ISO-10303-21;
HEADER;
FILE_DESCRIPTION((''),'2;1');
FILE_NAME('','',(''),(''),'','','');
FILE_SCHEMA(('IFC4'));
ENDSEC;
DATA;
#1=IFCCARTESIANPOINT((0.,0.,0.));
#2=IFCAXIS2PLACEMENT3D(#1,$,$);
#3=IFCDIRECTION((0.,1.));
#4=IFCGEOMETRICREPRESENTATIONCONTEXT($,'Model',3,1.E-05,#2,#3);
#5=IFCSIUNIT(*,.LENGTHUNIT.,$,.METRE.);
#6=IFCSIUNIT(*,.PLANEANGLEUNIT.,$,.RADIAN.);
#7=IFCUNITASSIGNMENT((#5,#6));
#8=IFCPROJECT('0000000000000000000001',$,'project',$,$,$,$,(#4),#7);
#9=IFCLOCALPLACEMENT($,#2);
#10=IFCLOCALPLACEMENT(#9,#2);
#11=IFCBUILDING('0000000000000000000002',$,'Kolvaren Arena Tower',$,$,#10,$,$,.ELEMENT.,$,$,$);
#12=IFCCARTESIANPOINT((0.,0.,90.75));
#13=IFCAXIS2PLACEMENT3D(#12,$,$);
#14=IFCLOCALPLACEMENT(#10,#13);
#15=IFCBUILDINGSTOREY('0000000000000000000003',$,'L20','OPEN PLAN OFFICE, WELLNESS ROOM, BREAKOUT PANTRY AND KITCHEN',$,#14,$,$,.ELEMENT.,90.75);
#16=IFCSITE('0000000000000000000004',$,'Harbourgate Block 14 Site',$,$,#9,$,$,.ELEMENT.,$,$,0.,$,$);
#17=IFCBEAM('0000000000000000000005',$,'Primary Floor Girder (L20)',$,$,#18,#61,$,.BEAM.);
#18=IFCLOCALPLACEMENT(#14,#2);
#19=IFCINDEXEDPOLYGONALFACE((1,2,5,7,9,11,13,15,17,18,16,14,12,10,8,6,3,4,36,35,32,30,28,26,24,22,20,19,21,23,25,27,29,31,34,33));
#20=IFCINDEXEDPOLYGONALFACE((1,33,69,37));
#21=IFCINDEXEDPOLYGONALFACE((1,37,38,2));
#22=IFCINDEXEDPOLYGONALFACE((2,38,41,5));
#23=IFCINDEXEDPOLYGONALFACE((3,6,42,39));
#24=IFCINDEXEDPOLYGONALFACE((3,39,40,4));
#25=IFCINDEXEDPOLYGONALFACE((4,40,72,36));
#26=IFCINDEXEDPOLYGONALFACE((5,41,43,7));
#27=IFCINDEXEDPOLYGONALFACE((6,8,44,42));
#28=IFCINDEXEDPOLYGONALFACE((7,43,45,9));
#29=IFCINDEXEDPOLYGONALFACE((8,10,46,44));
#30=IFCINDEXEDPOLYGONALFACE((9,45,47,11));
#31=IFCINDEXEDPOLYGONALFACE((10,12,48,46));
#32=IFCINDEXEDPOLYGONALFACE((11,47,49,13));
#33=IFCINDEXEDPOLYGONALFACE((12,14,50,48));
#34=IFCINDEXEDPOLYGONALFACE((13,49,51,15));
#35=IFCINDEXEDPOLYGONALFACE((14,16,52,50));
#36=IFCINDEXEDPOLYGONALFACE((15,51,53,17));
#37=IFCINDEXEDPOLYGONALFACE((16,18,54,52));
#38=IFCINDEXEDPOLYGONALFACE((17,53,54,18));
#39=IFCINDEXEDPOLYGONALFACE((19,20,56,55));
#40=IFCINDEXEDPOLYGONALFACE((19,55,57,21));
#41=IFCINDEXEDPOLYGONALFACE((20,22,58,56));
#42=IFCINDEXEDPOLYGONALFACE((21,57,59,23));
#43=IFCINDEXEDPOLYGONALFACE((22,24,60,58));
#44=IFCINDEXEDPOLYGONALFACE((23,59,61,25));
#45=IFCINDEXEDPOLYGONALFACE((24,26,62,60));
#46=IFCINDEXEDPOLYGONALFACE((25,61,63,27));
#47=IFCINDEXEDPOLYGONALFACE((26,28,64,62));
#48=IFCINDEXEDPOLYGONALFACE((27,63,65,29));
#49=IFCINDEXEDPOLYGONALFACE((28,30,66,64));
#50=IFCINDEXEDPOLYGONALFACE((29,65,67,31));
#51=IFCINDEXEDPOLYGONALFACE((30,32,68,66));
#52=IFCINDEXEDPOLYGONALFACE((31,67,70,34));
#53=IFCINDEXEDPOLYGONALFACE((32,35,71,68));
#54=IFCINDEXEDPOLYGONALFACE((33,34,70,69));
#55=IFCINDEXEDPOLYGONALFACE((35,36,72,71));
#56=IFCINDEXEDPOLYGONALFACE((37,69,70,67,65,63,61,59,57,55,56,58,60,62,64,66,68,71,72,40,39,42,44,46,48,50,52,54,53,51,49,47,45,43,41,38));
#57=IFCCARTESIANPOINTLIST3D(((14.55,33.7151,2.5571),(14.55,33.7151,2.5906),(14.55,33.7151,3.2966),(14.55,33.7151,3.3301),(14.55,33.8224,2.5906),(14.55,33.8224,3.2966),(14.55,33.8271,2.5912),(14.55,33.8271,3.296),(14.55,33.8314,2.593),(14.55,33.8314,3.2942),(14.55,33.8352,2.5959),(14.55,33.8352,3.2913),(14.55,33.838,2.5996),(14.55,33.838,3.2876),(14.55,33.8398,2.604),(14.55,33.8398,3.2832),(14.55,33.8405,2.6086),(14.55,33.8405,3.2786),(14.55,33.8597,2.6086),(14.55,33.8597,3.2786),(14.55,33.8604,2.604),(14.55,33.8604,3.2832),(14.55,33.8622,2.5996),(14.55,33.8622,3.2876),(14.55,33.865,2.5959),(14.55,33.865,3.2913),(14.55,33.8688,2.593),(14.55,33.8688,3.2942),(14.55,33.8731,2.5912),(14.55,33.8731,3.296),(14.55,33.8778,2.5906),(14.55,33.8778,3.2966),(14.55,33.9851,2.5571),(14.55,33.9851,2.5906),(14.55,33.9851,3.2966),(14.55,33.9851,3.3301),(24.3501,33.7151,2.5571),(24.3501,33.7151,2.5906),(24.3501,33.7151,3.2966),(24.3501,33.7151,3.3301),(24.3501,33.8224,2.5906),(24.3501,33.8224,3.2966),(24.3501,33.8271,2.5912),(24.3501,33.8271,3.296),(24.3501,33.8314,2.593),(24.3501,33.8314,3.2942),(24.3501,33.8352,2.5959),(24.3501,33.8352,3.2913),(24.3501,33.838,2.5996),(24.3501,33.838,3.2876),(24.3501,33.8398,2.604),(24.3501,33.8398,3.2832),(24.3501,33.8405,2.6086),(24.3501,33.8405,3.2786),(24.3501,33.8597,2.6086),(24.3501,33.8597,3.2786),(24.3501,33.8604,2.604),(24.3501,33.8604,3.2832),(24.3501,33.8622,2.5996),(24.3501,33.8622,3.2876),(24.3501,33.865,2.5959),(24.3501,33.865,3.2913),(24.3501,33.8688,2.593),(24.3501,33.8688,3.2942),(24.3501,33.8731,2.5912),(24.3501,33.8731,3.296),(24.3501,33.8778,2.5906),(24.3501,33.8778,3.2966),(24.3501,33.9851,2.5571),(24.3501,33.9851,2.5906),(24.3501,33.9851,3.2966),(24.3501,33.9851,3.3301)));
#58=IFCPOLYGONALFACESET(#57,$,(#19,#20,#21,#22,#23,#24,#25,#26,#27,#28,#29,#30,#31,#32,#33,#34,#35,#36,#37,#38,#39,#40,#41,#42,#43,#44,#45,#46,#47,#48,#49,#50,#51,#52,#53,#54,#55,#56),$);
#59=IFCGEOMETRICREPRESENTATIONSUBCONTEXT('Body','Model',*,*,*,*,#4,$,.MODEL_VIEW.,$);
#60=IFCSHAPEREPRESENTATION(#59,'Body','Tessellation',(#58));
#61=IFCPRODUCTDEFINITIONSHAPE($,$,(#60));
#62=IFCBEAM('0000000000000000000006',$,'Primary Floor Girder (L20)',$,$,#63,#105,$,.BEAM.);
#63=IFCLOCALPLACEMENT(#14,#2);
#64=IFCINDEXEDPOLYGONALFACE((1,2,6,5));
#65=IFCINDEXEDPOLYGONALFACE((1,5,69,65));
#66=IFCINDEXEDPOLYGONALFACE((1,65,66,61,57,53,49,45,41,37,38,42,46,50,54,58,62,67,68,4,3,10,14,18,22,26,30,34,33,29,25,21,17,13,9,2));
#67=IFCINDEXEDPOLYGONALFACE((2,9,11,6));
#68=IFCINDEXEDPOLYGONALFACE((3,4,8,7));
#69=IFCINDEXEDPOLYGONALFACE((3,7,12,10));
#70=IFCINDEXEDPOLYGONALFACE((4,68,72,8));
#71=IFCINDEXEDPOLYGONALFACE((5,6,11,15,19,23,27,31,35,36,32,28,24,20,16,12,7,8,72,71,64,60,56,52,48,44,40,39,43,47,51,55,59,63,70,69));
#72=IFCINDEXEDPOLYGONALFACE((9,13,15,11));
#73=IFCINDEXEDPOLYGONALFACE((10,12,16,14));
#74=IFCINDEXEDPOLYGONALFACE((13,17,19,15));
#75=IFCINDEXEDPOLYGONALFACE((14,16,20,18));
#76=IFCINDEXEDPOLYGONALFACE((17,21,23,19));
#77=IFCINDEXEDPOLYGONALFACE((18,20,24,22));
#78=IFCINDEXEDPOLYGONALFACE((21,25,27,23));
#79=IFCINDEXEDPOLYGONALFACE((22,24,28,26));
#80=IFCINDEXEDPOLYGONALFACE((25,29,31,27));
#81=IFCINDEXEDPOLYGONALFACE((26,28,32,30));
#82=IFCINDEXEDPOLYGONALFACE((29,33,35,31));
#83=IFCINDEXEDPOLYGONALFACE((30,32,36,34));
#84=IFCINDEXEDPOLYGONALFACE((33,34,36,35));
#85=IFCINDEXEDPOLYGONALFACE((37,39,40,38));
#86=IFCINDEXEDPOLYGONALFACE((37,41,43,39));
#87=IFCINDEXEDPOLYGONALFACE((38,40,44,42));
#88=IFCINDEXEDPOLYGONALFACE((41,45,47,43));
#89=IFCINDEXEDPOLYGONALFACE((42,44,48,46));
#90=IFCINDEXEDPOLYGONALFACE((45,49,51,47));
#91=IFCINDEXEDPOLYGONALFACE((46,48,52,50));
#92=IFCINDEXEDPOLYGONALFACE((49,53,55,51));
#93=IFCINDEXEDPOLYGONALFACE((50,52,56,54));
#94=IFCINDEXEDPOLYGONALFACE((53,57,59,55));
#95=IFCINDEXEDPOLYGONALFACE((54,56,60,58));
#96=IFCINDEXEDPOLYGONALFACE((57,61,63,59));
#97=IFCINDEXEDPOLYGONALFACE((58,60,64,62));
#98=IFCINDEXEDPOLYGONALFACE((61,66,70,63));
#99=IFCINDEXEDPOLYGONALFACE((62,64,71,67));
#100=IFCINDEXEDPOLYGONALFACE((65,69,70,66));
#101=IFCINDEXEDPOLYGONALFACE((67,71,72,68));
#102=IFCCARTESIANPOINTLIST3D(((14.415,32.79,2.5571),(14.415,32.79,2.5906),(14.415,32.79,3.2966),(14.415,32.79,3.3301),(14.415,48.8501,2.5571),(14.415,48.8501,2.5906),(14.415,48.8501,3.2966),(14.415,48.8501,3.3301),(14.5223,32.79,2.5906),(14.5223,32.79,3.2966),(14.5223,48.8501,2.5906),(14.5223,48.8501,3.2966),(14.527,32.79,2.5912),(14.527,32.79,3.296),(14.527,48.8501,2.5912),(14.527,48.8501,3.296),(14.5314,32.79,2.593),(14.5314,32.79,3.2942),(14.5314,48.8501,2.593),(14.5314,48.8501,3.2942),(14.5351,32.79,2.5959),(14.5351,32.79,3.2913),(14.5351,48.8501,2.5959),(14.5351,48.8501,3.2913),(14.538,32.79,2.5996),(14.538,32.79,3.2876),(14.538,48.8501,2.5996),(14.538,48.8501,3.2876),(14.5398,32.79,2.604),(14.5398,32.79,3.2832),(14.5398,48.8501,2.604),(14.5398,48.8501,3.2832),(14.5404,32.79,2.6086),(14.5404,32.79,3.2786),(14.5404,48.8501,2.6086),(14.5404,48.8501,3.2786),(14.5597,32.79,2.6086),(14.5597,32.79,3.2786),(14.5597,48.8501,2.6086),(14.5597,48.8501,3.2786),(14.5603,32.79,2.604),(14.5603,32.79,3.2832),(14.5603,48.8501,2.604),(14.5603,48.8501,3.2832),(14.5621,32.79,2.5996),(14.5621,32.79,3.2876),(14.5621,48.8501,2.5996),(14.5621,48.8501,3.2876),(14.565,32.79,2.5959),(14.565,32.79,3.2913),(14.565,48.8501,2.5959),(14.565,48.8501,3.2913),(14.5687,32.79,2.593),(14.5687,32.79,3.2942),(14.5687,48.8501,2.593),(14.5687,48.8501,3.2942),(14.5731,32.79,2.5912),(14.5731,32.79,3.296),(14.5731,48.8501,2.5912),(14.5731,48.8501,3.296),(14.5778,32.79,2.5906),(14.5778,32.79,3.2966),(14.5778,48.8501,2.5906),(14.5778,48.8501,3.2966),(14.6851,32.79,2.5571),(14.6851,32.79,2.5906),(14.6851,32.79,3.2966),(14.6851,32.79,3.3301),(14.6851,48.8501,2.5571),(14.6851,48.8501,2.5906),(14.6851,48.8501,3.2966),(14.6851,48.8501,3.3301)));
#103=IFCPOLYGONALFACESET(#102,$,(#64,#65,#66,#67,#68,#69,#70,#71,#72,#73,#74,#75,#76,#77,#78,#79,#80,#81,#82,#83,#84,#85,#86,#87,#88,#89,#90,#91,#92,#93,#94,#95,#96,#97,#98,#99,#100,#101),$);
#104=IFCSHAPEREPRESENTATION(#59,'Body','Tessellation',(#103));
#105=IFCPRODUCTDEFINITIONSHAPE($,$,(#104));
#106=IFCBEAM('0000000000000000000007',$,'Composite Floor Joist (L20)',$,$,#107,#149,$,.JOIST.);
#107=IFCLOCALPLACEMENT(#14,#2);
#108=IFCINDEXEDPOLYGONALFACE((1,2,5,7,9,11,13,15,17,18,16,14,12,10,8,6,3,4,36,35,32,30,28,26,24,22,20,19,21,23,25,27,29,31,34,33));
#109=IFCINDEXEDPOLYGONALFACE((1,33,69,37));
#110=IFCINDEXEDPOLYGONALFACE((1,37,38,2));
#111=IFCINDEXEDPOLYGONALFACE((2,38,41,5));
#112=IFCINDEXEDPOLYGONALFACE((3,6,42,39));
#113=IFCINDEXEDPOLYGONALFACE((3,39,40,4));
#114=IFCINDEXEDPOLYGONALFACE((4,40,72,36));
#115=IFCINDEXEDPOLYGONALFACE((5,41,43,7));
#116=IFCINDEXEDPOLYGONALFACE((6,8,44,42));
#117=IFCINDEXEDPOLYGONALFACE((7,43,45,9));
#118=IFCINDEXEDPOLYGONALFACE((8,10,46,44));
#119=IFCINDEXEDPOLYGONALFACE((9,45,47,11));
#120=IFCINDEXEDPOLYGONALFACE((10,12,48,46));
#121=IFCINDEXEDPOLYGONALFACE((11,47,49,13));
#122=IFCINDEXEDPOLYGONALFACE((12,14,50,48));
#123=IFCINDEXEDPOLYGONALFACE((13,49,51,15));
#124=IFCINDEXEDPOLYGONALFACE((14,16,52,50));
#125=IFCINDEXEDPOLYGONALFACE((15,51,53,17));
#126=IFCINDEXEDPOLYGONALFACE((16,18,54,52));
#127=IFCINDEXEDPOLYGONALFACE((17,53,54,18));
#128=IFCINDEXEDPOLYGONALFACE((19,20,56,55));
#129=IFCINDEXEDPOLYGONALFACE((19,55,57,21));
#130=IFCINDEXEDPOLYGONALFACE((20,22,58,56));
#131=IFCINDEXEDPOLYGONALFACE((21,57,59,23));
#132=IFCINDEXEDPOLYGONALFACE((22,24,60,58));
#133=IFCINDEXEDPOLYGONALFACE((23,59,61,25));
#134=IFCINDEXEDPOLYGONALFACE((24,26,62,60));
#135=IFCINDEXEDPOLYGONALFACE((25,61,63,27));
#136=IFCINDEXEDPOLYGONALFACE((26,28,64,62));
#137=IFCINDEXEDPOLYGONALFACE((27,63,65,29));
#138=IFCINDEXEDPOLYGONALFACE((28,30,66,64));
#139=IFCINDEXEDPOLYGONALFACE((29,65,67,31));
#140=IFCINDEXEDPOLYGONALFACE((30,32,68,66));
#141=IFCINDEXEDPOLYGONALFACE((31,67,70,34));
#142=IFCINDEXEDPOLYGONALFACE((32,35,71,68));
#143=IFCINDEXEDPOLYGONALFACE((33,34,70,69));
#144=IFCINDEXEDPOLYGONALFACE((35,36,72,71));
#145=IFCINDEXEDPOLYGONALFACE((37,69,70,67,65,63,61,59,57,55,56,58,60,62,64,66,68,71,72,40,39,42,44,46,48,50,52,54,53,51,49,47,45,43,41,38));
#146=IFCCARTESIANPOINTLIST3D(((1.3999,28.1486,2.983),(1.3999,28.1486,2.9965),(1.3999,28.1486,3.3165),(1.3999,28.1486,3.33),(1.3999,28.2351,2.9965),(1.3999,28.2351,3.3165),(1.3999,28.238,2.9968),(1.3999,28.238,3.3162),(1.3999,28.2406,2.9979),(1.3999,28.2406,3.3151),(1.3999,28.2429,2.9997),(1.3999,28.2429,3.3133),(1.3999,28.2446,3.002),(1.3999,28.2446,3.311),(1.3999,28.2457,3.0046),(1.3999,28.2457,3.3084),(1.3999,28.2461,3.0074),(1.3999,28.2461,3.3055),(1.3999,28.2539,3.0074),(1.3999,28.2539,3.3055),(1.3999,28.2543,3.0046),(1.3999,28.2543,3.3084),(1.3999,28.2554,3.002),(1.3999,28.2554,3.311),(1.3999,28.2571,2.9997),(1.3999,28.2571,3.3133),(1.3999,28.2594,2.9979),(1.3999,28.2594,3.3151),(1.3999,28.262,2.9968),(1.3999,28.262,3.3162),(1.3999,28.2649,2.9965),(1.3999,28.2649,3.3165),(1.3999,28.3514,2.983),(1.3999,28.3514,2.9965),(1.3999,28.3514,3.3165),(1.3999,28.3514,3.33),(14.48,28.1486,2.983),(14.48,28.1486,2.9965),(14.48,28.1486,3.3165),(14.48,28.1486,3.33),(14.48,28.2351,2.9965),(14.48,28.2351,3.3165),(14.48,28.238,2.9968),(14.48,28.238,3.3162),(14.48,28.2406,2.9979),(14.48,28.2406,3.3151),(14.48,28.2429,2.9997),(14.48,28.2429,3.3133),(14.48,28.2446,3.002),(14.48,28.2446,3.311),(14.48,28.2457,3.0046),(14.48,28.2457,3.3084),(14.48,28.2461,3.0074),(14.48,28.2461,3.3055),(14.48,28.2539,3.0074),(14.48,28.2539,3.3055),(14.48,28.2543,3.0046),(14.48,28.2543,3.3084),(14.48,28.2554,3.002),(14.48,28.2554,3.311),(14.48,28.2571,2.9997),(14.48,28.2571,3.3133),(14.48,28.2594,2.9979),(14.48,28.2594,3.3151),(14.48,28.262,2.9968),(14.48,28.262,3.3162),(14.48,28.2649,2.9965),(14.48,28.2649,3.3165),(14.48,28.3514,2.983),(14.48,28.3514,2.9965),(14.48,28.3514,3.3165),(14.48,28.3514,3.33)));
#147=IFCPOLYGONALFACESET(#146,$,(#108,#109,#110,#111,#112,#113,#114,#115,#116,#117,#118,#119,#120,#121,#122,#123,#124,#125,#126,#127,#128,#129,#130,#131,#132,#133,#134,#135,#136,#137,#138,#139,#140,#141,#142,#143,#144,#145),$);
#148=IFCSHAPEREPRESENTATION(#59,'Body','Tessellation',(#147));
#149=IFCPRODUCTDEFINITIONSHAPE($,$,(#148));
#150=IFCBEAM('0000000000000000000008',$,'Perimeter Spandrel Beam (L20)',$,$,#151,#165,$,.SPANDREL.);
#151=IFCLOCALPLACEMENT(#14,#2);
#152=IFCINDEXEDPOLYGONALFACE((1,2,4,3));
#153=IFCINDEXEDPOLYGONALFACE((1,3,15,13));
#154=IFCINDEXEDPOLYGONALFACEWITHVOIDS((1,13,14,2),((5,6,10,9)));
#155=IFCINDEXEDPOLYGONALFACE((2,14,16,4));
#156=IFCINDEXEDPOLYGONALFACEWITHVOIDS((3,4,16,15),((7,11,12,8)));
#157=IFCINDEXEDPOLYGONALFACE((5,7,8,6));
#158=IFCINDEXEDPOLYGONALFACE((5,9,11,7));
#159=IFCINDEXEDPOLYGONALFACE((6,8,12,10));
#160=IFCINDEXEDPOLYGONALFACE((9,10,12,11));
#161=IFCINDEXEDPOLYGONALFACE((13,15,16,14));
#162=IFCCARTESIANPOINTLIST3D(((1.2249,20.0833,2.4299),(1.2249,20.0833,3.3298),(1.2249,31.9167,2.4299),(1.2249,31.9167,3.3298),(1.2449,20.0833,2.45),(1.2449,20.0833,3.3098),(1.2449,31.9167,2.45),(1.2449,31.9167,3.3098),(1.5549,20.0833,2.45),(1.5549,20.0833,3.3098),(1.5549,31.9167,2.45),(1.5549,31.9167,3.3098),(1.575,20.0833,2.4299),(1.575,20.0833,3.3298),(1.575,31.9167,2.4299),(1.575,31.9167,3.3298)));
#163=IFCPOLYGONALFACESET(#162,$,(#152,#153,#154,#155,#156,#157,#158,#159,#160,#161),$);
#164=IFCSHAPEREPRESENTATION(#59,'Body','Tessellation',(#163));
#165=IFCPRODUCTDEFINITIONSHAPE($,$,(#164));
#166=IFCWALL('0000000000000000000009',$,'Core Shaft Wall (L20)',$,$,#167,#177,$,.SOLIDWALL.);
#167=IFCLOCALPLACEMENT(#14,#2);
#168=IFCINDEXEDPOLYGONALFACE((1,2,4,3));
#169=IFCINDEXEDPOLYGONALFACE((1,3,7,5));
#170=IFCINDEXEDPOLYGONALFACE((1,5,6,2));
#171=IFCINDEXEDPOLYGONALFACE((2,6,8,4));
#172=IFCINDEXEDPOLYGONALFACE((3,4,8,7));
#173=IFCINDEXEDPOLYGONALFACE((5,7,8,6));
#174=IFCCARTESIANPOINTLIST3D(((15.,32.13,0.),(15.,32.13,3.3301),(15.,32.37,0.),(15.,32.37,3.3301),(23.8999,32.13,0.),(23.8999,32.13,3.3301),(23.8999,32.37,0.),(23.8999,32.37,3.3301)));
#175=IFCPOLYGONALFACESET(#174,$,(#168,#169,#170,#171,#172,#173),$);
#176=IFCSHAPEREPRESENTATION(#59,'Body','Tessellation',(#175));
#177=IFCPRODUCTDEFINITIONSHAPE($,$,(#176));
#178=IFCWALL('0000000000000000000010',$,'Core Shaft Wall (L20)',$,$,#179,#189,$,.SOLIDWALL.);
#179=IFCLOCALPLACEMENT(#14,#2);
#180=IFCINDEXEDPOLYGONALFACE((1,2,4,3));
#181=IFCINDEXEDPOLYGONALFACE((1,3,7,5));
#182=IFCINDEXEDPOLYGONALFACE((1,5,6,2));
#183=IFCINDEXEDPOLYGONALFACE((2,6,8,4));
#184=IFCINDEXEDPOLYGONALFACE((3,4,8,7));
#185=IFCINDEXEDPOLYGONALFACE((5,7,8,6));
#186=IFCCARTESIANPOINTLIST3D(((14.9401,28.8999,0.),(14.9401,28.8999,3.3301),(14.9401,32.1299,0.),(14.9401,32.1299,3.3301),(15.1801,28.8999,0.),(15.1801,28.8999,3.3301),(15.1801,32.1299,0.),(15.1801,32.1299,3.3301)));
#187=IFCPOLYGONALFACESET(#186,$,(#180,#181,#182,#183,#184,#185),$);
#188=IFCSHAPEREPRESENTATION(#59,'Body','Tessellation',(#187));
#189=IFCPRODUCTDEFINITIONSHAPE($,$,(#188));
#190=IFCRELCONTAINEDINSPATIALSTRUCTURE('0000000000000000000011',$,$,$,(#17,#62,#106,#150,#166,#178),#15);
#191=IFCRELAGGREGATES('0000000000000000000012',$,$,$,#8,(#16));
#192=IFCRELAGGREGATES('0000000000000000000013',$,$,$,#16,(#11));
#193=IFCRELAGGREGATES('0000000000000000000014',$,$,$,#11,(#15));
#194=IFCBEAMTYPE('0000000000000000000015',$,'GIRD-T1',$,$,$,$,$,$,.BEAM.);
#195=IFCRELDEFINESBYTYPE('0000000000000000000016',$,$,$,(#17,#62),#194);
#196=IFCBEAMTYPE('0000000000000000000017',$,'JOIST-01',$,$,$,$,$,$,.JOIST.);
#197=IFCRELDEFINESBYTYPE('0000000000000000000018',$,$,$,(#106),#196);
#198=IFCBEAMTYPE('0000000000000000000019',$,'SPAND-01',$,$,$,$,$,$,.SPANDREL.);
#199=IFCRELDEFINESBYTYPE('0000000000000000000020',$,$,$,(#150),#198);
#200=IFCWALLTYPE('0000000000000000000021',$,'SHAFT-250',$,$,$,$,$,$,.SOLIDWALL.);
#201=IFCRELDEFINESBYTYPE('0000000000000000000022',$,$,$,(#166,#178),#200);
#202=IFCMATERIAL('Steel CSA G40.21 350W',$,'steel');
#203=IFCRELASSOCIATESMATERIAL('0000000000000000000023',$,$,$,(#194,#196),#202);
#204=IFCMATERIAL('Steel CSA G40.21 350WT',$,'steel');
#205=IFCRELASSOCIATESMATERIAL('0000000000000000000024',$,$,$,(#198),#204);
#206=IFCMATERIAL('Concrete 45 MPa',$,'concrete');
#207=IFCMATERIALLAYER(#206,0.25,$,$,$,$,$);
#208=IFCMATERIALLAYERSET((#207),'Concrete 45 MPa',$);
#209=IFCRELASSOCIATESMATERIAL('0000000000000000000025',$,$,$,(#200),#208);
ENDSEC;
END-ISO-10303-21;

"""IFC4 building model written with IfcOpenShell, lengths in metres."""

from ifc_helpers import new_model, si_unit, direction, frame, frame_2d, origin, origin_2d, place, context, subcontext, project, spatial, rectangle, hollow_rectangle, i_section, extrude, material, layer, layer_set, material_profile, profile_set, type_object, element, save


model = new_model("IFC4")

# Units and contexts
model_context = context("Model", 3, precision=1e-05, world=origin(), true_north=direction((0.0, 1.0)))
body_context = subcontext(model_context, "Body", "Model", "MODEL_VIEW")
ifc_project = project(units=[si_unit("LENGTHUNIT", "METRE"), si_unit("PLANEANGLEUNIT", "RADIAN")], contexts=[model_context])

# Site, building, storey
site_placement = place(None, origin())
site = spatial("IfcSite", under=ifc_project, at=site_placement, Name="Harbourgate Block 14 Site", CompositionType="ELEMENT", RefElevation=0.0)
building_placement = place(site_placement, origin())
building = spatial("IfcBuilding", under=site, at=building_placement, Name="Kolvaren Arena Tower", CompositionType="ELEMENT")
storey_placement = place(building_placement, frame((0.0, 0.0, 90.75)))
storey = spatial("IfcBuildingStorey", under=building, at=storey_placement, Name="L20", Description="OPEN PLAN OFFICE, WELLNESS ROOM, BREAKOUT PANTRY AND KITCHEN", CompositionType="ELEMENT", Elevation=90.75)

# Beams
ifc_material_1 = material(Name="Steel CSA G40.21 350W", Category="steel")
ifc_material_profile_1 = material_profile(ifc_material_1, i_section(OverallWidth=0.27, OverallDepth=0.7729, WebThickness=0.0193, FlangeThickness=0.0334, FilletRadius=0.0181, at=origin_2d()), Name="W760x257")
ifc_profile_set_1 = profile_set([ifc_material_profile_1], Name="Steel CSA G40.21 350W")
beam_type_1 = type_object("IfcBeamType", Name="GIRD-T1", PredefinedType="BEAM", material=ifc_profile_set_1)
beam_1_placement = place(storey_placement, frame((14.55, 33.8501, 2.9436), z_axis=(1.0, 0.0, 0.0), x_axis=(0.0, 1.0, 0.0)))
element("IfcBeam", 1, at=beam_1_placement, inside=storey, type_object=beam_type_1, Name="Primary Floor Girder (L20)", PredefinedType="BEAM", context=body_context, shape_type="SweptSolid", body=[
    extrude(i_section(OverallWidth=0.27, OverallDepth=0.7729, WebThickness=0.0193, FlangeThickness=0.0334, FilletRadius=0.0181, at=origin_2d()), origin(), (0.0, 0.0, 1.0), 9.8),
])
beam_2_placement = place(storey_placement, frame((14.55, 32.79, 2.9436), z_axis=(0.0, 1.0, 0.0), x_axis=(-1.0, 0.0, 0.0)))
element("IfcBeam", 2, at=beam_2_placement, inside=storey, type_object=beam_type_1, Name="Primary Floor Girder (L20)", PredefinedType="BEAM", context=body_context, shape_type="SweptSolid", body=[
    extrude(i_section(OverallWidth=0.27, OverallDepth=0.7729, WebThickness=0.0193, FlangeThickness=0.0334, FilletRadius=0.0181, at=origin_2d()), origin(), (0.0, 0.0, 1.0), 16.0601),
])
ifc_material_profile_2 = material_profile(ifc_material_1, i_section(OverallWidth=0.2029, OverallDepth=0.3469, WebThickness=0.0078, FlangeThickness=0.0134, FilletRadius=0.011, at=origin_2d()), Name="W360x64")
ifc_profile_set_2 = profile_set([ifc_material_profile_2], Name="Steel CSA G40.21 350W")
beam_type_2 = type_object("IfcBeamType", Name="JOIST-01", PredefinedType="JOIST", material=ifc_profile_set_2)
beam_3_placement = place(storey_placement, frame((1.3999, 28.25, 3.1565), z_axis=(1.0, 0.0, 0.0), x_axis=(0.0, 1.0, 0.0)))
element("IfcBeam", 3, at=beam_3_placement, inside=storey, type_object=beam_type_2, Name="Composite Floor Joist (L20)", PredefinedType="JOIST", context=body_context, shape_type="SweptSolid", body=[
    extrude(i_section(OverallWidth=0.2029, OverallDepth=0.3469, WebThickness=0.0078, FlangeThickness=0.0134, FilletRadius=0.011, at=origin_2d()), origin(), (0.0, 0.0, 1.0), 13.0801),
])
ifc_material_2 = material(Name="Steel CSA G40.21 350WT", Category="steel")
ifc_material_profile_3 = material_profile(ifc_material_2, hollow_rectangle(XDim=0.3501, YDim=0.8999, WallThickness=0.02, at=origin_2d()), Name="HSS 900x350x20")
ifc_profile_set_3 = profile_set([ifc_material_profile_3], Name="Steel CSA G40.21 350WT")
beam_type_3 = type_object("IfcBeamType", Name="SPAND-01", PredefinedType="SPANDREL", material=ifc_profile_set_3)
beam_4_placement = place(storey_placement, frame((1.3999, 31.9167, 2.8799), z_axis=(0.0, -1.0, 0.0), x_axis=(1.0, 0.0, 0.0)))
element("IfcBeam", 4, at=beam_4_placement, inside=storey, type_object=beam_type_3, Name="Perimeter Spandrel Beam (L20)", PredefinedType="SPANDREL", context=body_context, shape_type="SweptSolid", body=[
    extrude(hollow_rectangle(XDim=0.3501, YDim=0.8999, WallThickness=0.02, at=origin_2d()), origin(), (0.0, 0.0, 1.0), 11.8335),
])

# Walls
ifc_material_3 = material(Name="Concrete 45 MPa", Category="concrete")
ifc_layer = layer(ifc_material_3, 0.25)
ifc_layer_set = layer_set([ifc_layer], Name="Concrete 45 MPa")
wall_type = type_object("IfcWallType", Name="SHAFT-250", PredefinedType="SOLIDWALL", material=ifc_layer_set)
wall_1_placement = place(storey_placement, frame((15.0, 32.25, 0.0), z_axis=(0.0, 0.0, 1.0), x_axis=(1.0, 0.0, 0.0)))
element("IfcWall", 5, at=wall_1_placement, inside=storey, type_object=wall_type, Name="Core Shaft Wall (L20)", PredefinedType="SOLIDWALL", context=body_context, shape_type="SweptSolid", body=[
    extrude(rectangle(XDim=8.8999, YDim=0.24, at=frame_2d((4.45, 0.0))), origin(), (0.0, 0.0, 1.0), 3.3301),
])
wall_2_placement = place(storey_placement, frame((15.0601, 28.8999, 0.0), z_axis=(0.0, 0.0, 1.0), x_axis=(0.0, 1.0, 0.0)))
element("IfcWall", 6, at=wall_2_placement, inside=storey, type_object=wall_type, Name="Core Shaft Wall (L20)", PredefinedType="SOLIDWALL", context=body_context, shape_type="SweptSolid", body=[
    extrude(rectangle(XDim=3.23, YDim=0.24, at=frame_2d((1.615, 0.0))), origin(), (0.0, 0.0, 1.0), 3.3301),
])

save(model, "model.ifc")
